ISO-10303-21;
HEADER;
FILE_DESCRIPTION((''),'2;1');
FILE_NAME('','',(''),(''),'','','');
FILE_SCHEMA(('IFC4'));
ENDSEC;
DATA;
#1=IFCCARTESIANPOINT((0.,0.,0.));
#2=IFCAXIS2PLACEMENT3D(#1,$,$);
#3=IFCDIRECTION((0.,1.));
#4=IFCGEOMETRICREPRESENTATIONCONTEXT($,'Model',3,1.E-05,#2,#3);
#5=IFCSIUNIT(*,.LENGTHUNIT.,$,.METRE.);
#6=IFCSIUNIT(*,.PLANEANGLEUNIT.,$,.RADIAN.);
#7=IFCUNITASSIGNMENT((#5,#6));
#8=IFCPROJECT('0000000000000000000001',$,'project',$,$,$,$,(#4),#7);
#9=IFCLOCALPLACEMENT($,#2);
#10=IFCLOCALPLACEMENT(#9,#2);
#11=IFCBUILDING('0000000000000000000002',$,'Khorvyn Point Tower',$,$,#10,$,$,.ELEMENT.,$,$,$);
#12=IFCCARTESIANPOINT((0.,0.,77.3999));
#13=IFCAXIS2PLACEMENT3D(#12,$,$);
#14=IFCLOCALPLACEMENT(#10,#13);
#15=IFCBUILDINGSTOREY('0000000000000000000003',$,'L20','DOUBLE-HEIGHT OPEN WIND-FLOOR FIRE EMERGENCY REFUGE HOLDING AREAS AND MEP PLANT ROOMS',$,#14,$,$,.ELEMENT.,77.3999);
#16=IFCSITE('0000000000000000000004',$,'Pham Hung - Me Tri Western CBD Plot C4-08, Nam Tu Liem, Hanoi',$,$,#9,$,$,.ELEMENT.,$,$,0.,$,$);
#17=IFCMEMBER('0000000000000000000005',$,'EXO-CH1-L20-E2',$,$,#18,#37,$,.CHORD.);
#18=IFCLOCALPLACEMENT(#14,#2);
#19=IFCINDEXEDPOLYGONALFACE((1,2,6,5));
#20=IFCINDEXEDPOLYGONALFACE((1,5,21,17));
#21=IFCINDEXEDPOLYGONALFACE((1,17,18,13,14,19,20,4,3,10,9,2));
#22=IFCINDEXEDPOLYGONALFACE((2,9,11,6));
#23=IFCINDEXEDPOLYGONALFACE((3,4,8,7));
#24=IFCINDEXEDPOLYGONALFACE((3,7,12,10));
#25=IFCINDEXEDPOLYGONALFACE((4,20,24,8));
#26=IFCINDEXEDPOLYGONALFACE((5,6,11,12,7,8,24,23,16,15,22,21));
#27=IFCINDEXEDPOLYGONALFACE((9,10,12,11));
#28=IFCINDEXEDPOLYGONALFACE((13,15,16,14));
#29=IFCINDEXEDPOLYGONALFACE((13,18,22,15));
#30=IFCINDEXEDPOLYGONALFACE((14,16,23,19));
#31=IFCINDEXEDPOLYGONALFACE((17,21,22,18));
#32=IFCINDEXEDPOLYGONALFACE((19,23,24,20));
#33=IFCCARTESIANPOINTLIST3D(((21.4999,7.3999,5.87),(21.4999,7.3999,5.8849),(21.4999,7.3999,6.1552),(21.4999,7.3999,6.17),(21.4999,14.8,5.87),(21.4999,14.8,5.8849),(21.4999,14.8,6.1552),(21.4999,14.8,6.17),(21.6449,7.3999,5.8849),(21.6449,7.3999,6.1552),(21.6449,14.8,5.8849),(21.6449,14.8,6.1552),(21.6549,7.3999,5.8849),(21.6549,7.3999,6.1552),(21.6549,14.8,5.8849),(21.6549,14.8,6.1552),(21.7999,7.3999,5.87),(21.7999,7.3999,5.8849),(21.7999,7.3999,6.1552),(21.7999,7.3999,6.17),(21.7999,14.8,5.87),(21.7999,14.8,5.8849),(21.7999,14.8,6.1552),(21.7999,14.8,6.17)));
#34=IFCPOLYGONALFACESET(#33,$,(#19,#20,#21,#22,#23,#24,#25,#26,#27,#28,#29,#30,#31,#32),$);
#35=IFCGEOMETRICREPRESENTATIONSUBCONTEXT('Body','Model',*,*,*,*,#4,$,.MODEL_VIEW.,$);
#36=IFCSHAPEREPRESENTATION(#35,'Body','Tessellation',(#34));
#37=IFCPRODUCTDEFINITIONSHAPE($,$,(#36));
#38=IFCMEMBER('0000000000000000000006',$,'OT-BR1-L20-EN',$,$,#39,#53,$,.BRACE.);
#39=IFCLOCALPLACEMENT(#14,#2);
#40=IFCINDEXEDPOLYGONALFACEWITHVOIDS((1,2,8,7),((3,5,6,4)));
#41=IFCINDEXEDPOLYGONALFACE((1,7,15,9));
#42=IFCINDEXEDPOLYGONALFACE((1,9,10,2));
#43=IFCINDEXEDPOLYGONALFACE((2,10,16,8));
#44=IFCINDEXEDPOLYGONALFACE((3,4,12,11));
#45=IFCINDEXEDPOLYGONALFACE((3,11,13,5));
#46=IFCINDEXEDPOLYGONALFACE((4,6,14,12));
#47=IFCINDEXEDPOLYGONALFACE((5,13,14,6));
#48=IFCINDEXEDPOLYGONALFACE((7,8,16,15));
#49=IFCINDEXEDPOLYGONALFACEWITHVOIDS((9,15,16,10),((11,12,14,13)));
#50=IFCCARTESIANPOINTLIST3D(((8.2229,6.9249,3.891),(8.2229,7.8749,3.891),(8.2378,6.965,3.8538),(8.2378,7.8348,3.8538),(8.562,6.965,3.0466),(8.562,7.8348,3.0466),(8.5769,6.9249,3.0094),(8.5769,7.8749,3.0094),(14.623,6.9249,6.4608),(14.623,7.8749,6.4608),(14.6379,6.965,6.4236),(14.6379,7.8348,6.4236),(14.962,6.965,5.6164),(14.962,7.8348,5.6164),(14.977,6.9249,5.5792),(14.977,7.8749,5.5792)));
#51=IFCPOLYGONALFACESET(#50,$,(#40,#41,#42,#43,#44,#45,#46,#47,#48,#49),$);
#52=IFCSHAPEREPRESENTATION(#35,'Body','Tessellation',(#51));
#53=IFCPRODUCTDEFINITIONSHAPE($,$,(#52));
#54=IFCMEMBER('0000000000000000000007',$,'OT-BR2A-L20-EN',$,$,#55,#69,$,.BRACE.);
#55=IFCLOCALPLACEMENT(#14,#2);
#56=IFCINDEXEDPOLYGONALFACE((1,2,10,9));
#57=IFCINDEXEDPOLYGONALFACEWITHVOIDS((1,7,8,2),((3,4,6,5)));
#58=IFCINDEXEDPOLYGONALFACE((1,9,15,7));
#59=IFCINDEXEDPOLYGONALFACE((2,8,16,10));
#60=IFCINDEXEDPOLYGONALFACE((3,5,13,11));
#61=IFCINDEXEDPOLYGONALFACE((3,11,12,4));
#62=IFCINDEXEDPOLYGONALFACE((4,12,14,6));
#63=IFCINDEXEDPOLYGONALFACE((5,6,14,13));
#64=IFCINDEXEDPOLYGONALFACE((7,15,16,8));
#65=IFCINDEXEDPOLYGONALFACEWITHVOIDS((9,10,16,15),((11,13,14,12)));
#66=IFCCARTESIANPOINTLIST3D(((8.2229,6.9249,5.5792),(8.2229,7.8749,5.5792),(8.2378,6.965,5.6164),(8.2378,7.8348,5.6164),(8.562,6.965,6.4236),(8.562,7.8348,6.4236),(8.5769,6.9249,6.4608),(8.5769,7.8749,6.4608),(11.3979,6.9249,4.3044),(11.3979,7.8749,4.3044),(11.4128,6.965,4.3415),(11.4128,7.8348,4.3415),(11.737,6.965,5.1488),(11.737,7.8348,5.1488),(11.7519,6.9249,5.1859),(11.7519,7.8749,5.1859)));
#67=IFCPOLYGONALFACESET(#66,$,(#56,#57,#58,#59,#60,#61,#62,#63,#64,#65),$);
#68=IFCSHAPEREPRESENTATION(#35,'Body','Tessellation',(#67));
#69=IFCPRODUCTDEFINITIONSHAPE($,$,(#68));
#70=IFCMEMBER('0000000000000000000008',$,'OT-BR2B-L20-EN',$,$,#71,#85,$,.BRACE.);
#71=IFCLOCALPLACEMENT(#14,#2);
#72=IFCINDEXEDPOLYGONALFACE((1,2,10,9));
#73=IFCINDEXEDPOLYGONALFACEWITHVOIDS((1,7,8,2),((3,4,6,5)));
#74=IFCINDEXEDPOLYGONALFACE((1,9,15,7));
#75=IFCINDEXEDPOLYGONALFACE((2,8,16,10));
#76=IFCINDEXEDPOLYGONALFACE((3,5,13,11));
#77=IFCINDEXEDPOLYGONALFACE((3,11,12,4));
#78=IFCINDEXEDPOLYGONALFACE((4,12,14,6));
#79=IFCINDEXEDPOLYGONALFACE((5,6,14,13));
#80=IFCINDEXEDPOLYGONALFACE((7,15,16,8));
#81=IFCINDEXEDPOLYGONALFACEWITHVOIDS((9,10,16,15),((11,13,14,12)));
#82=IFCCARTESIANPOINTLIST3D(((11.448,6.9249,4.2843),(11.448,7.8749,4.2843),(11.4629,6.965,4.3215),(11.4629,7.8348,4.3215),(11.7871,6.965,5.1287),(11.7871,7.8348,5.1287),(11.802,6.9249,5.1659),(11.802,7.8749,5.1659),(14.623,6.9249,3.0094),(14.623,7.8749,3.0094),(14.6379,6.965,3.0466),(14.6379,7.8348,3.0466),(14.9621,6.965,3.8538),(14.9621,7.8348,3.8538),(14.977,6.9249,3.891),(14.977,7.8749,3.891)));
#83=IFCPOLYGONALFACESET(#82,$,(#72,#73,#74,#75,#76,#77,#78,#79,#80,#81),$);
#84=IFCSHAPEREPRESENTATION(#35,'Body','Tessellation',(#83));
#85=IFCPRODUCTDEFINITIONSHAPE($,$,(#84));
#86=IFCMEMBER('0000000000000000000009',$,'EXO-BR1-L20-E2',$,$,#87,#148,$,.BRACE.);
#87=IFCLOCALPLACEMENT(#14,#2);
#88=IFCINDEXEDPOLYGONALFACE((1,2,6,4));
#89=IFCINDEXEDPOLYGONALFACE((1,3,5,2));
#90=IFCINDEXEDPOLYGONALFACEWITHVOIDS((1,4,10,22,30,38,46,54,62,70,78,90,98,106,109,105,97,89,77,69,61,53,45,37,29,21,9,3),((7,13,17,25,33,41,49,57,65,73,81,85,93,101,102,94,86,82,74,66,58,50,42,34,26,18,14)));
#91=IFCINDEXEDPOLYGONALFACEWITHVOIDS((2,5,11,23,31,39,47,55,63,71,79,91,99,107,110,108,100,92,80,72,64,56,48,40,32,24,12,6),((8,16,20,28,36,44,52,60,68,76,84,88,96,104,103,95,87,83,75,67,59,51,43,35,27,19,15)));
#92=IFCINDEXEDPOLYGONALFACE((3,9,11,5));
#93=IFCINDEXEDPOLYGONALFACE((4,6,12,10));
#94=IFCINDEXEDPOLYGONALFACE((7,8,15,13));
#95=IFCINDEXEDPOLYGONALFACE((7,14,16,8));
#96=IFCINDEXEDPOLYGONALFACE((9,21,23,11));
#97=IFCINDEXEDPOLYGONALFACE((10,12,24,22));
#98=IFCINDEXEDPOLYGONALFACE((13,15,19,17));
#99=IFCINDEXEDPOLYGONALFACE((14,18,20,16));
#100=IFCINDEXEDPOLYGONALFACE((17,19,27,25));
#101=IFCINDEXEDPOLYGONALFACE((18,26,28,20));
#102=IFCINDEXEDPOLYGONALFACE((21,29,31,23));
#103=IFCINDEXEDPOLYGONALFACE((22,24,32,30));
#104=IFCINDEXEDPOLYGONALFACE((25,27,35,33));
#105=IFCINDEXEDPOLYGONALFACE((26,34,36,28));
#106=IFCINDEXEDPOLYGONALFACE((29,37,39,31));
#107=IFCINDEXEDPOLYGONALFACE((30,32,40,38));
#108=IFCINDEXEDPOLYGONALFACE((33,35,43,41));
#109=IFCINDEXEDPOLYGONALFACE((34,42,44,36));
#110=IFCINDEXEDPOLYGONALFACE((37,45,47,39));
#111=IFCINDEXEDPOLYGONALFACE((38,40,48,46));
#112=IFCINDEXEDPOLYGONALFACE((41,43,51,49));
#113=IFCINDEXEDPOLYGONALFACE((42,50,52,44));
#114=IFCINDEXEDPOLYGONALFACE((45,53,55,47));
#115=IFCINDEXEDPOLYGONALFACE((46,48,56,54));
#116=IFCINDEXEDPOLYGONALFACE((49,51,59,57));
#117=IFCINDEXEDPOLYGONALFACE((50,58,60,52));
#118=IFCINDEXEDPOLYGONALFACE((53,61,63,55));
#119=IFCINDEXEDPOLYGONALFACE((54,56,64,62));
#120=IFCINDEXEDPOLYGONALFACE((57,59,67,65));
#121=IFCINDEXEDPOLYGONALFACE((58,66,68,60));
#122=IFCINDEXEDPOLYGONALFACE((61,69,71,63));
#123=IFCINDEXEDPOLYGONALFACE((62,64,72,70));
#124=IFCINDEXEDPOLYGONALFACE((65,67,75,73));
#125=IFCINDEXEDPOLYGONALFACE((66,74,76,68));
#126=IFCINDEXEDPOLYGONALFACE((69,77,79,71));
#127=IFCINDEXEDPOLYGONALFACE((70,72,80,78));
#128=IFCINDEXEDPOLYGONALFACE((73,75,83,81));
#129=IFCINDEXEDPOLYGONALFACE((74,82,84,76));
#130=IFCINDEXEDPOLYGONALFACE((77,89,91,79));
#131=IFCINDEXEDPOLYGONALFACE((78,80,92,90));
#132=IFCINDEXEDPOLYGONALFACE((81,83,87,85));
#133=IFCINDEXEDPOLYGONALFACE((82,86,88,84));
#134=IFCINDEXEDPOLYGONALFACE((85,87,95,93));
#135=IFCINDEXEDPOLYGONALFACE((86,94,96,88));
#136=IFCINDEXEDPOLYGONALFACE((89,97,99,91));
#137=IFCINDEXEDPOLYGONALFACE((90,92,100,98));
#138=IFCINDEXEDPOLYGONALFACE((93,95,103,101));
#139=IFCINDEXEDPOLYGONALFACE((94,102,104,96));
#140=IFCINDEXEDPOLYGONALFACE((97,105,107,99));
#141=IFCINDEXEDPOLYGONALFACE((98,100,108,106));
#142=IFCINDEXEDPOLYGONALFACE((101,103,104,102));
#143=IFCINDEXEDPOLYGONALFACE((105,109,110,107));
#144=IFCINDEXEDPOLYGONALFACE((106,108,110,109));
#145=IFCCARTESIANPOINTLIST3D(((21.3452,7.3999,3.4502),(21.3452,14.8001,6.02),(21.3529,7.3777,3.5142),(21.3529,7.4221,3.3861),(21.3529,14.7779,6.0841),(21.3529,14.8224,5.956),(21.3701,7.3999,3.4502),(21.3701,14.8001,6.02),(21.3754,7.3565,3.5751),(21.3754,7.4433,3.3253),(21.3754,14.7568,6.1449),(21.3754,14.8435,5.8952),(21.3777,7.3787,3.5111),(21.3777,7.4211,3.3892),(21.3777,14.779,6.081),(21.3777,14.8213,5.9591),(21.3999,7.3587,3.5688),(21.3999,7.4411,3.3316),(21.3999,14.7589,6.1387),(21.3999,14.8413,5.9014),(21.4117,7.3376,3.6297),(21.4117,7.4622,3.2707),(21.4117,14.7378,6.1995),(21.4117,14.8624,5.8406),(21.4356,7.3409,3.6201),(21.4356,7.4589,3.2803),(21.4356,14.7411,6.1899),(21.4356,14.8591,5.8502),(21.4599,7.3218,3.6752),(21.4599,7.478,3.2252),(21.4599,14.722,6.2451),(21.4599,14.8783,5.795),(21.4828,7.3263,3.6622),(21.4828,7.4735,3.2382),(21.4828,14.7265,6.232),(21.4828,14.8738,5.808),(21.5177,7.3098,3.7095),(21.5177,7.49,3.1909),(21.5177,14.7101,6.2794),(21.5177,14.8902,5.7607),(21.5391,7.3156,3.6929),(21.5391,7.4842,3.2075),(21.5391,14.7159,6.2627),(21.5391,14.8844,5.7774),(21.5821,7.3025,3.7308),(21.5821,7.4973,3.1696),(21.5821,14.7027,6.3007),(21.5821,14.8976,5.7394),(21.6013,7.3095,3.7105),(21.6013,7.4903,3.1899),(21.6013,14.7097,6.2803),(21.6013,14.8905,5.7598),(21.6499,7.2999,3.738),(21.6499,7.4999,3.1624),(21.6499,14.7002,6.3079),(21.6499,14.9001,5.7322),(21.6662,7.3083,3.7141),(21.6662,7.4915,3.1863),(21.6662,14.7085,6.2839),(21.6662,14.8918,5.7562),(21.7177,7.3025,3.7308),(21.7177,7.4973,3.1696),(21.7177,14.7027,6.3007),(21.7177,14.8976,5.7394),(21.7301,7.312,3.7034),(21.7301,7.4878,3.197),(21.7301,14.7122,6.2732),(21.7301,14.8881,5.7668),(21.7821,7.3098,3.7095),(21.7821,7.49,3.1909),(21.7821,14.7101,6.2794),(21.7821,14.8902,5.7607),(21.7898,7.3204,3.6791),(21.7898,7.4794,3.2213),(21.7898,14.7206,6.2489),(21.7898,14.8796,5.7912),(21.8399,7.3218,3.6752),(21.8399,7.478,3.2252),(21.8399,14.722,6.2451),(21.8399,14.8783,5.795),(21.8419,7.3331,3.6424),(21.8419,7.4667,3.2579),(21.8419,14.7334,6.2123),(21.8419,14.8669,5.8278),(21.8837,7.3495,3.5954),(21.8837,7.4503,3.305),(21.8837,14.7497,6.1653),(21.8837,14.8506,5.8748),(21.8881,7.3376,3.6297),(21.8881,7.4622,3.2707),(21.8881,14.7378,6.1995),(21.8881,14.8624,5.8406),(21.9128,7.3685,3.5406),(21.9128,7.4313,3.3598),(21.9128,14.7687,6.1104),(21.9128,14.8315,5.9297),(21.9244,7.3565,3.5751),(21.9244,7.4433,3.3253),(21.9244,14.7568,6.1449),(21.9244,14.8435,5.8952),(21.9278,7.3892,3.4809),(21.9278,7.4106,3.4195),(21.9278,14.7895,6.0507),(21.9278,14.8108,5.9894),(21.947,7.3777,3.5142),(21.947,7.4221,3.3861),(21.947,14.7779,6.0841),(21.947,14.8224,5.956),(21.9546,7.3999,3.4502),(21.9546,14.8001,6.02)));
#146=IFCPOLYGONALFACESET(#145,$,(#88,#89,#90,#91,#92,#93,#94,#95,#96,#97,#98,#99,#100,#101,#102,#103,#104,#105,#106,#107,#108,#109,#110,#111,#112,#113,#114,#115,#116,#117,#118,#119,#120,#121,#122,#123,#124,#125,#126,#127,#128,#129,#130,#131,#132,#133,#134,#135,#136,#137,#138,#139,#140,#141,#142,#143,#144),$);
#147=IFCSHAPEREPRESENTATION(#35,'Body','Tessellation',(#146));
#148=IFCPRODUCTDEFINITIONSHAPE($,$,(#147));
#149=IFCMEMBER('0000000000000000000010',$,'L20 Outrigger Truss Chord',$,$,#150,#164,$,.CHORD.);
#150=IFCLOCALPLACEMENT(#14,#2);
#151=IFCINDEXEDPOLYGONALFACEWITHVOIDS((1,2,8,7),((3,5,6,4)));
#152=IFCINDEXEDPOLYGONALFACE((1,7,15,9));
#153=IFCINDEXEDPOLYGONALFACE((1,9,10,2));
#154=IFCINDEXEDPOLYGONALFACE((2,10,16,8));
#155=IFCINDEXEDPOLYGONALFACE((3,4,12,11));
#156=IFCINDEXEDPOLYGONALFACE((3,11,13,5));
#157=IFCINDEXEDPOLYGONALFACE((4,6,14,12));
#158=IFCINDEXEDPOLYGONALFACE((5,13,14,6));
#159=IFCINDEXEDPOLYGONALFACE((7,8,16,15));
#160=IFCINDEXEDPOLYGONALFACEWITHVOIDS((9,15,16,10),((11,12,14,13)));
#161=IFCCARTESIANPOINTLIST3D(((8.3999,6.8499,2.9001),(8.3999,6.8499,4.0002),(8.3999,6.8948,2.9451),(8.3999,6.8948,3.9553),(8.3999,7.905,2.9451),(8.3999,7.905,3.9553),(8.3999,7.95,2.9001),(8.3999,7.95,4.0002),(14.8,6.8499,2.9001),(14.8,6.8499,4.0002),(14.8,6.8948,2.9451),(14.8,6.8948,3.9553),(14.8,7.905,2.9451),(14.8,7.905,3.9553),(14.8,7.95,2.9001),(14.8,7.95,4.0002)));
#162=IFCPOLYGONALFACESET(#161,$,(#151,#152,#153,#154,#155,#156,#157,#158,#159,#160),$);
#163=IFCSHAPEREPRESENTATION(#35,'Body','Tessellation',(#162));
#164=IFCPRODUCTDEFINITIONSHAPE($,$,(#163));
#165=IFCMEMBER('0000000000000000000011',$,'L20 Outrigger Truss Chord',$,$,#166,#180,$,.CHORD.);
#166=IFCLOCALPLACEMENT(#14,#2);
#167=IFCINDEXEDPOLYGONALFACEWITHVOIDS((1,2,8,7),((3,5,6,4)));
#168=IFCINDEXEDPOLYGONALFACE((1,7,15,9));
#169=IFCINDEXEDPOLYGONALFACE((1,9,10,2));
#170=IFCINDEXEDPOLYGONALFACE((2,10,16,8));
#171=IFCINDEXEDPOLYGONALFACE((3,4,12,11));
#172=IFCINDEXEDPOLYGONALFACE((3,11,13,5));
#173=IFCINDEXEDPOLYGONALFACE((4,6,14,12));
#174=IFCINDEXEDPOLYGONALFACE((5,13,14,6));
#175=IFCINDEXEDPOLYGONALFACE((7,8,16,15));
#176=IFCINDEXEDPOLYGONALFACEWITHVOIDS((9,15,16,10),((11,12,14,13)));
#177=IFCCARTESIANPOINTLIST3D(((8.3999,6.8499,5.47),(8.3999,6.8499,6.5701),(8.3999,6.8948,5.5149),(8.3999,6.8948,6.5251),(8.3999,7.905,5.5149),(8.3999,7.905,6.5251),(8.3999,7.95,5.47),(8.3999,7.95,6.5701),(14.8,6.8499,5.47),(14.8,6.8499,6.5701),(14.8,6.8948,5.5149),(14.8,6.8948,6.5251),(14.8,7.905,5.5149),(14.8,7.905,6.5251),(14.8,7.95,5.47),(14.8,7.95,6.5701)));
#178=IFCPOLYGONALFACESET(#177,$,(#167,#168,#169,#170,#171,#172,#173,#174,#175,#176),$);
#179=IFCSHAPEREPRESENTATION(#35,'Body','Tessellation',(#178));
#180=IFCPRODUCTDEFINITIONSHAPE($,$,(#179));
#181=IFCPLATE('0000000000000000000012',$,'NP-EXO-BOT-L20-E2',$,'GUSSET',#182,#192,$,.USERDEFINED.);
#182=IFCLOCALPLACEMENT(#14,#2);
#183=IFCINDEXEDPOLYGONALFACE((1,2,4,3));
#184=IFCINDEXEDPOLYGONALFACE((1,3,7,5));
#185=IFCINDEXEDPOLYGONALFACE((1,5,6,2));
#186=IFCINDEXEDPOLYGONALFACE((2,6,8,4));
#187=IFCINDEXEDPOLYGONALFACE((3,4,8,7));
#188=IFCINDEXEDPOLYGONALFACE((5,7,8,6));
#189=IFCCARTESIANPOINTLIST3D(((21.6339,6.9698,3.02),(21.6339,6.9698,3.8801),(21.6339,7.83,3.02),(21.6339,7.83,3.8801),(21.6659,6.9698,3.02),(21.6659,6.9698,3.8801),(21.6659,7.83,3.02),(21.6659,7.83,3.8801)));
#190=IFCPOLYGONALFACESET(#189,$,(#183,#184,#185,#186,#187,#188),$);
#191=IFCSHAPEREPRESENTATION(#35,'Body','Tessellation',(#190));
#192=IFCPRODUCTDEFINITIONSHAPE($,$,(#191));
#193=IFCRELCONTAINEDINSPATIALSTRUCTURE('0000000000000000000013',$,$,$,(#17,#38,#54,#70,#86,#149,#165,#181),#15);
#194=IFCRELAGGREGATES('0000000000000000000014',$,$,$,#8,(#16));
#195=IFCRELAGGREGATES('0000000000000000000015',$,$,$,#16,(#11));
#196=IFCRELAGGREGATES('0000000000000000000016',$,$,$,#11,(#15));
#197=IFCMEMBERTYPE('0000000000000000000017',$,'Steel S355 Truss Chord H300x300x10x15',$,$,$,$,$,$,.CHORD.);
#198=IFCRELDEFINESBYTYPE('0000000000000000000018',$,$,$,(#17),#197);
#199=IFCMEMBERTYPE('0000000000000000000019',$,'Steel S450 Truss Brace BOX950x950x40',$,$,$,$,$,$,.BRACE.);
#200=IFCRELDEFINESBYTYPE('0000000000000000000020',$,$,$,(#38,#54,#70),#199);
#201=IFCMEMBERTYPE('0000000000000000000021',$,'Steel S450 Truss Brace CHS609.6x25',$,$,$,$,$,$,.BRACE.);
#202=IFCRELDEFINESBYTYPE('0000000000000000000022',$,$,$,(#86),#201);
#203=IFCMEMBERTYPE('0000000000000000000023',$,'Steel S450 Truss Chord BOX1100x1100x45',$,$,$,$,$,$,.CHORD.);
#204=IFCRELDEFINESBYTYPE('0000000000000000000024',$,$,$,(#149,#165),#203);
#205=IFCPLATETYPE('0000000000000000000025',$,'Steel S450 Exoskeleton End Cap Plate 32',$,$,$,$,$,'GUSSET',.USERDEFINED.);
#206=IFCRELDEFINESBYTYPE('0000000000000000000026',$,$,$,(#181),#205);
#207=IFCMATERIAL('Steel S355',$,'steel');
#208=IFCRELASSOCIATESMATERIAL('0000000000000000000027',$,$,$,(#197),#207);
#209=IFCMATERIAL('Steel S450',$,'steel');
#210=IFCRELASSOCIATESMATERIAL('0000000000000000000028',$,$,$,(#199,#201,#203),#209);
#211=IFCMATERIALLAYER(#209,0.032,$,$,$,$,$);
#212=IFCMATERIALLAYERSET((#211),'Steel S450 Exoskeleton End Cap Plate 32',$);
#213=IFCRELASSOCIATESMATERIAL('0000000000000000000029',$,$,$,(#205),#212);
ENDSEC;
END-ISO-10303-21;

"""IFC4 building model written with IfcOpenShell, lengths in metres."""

from ifc_helpers import new_model, si_unit, direction, frame, origin, origin_2d, place, context, subcontext, project, spatial, rectangle, hollow_rectangle, hollow_circle, i_section, extrude, material, layer, layer_set, material_profile, profile_set, type_object, element, save


model = new_model("IFC4")

# Units and contexts
model_context = context("Model", 3, precision=1e-05, world=origin(), true_north=direction((0.0, 1.0)))
body_context = subcontext(model_context, "Body", "Model", "MODEL_VIEW")
ifc_project = project(units=[si_unit("LENGTHUNIT", "METRE"), si_unit("PLANEANGLEUNIT", "RADIAN")], contexts=[model_context])

# Site, building, storey
site_placement = place(None, origin())
site = spatial("IfcSite", under=ifc_project, at=site_placement, Name="Pham Hung - Me Tri Western CBD Plot C4-08, Nam Tu Liem, Hanoi", CompositionType="ELEMENT", RefElevation=0.0)
building_placement = place(site_placement, origin())
building = spatial("IfcBuilding", under=site, at=building_placement, Name="Khorvyn Point Tower", CompositionType="ELEMENT")
storey_placement = place(building_placement, frame((0.0, 0.0, 77.3999)))
storey = spatial("IfcBuildingStorey", under=building, at=storey_placement, Name="L20", Description="DOUBLE-HEIGHT OPEN WIND-FLOOR FIRE EMERGENCY REFUGE HOLDING AREAS AND MEP PLANT ROOMS", CompositionType="ELEMENT", Elevation=77.3999)

# Shared definitions
ifc_material_1 = material(Name="Steel S450", Category="steel")

# Shared definitions
ifc_material_2 = material(Name="Steel S355", Category="steel")

# Members
ifc_material_profile_1 = material_profile(ifc_material_2, i_section(OverallWidth=0.3, OverallDepth=0.3, WebThickness=0.01, FlangeThickness=0.0149, at=origin_2d()))
ifc_profile_set_1 = profile_set([ifc_material_profile_1], Name="Steel S355 H300x300x10x15")
member_type_1 = type_object("IfcMemberType", Name="Steel S355 Truss Chord H300x300x10x15", PredefinedType="CHORD", material=ifc_profile_set_1)
member_1_placement = place(storey_placement, frame((21.6499, 7.3999, 6.02), z_axis=(0.0, 1.0, 0.0), x_axis=(-1.0, 0.0, 0.0)))
element("IfcMember", 1, at=member_1_placement, inside=storey, type_object=member_type_1, Name="EXO-CH1-L20-E2", PredefinedType="CHORD", context=body_context, shape_type="SweptSolid", body=[
    extrude(i_section(OverallWidth=0.3, OverallDepth=0.3, WebThickness=0.01, FlangeThickness=0.0149, at=origin_2d()), origin(), (0.0, 0.0, 1.0), 7.4001),
])
ifc_material_profile_2 = material_profile(ifc_material_1, hollow_rectangle(XDim=0.95, YDim=0.95, WallThickness=0.04, at=origin_2d()))
ifc_profile_set_2 = profile_set([ifc_material_profile_2], Name="Steel S450 BOX950x950x40")
member_type_2 = type_object("IfcMemberType", Name="Steel S450 Truss Brace BOX950x950x40", PredefinedType="BRACE", material=ifc_profile_set_2)
member_2_placement = place(storey_placement, frame((8.3999, 7.3999, 3.4502), z_axis=(0.927988, 0.0, 0.372611), x_axis=(0.0, 1.0, 0.0)))
element("IfcMember", 2, at=member_2_placement, inside=storey, type_object=member_type_2, Name="OT-BR1-L20-EN", PredefinedType="BRACE", context=body_context, shape_type="SweptSolid", body=[
    extrude(hollow_rectangle(XDim=0.95, YDim=0.95, WallThickness=0.04, at=origin_2d()), origin(), (0.0, 0.0, 1.0), 6.8967),
])
for number, where, z_axis, x_axis, name in (
    (3, (8.3999, 7.3999, 6.02), (0.927984, 0.0, -0.372621), (0.0, 1.0, 0.0), "OT-BR2A-L20-EN"),
    (4, (11.625, 7.3999, 4.7251), (0.927984, 0.0, -0.372621), (0.0, 1.0, 0.0), "OT-BR2B-L20-EN"),
):
    element("IfcMember", number, at=place(storey_placement, frame(where, z_axis=z_axis, x_axis=x_axis)), inside=storey, type_object=member_type_2, Name=name, PredefinedType="BRACE", context=body_context, shape_type="SweptSolid", body=[
        extrude(hollow_rectangle(XDim=0.95, YDim=0.95, WallThickness=0.04, at=origin_2d()), origin(), (0.0, 0.0, 1.0), 3.4214),
    ])
ifc_material_profile_3 = material_profile(ifc_material_1, hollow_circle(Radius=0.3047, WallThickness=0.0249, at=origin_2d()))
ifc_profile_set_3 = profile_set([ifc_material_profile_3], Name="Steel S450 CHS609.6x25")
member_type_3 = type_object("IfcMemberType", Name="Steel S450 Truss Brace CHS609.6x25", PredefinedType="BRACE", material=ifc_profile_set_3)
member_3_placement = place(storey_placement, frame((21.6499, 7.3999, 3.4502), z_axis=(0.0, 0.944661, 0.328049), x_axis=(-1.0, 0.0, 0.0)))
element("IfcMember", 5, at=member_3_placement, inside=storey, type_object=member_type_3, Name="EXO-BR1-L20-E2", PredefinedType="BRACE", context=body_context, shape_type="SweptSolid", body=[
    extrude(hollow_circle(Radius=0.3047, WallThickness=0.0249, at=origin_2d()), origin(), (0.0, 0.0, 1.0), 7.8337),
])
ifc_material_profile_4 = material_profile(ifc_material_1, hollow_rectangle(XDim=1.1001, YDim=1.1001, WallThickness=0.0449, at=origin_2d()))
ifc_profile_set_4 = profile_set([ifc_material_profile_4], Name="Steel S450 BOX1100x1100x45")
member_type_4 = type_object("IfcMemberType", Name="Steel S450 Truss Chord BOX1100x1100x45", PredefinedType="CHORD", material=ifc_profile_set_4)
for number, where, z_axis, x_axis, name in (
    (6, (8.3999, 7.3999, 3.4502), (1.0, 0.0, 0.0), (0.0, 1.0, 0.0), "L20 Outrigger Truss Chord"),
    (7, (8.3999, 7.3999, 6.02), (1.0, 0.0, 0.0), (0.0, 1.0, 0.0), "L20 Outrigger Truss Chord"),
):
    element("IfcMember", number, at=place(storey_placement, frame(where, z_axis=z_axis, x_axis=x_axis)), inside=storey, type_object=member_type_4, Name=name, PredefinedType="CHORD", context=body_context, shape_type="SweptSolid", body=[
        extrude(hollow_rectangle(XDim=1.1001, YDim=1.1001, WallThickness=0.0449, at=origin_2d()), origin(), (0.0, 0.0, 1.0), 6.4001),
    ])

# Plate
ifc_layer_1 = layer(ifc_material_1, 0.032)
ifc_layer_set_1 = layer_set([ifc_layer_1], Name="Steel S450 Exoskeleton End Cap Plate 32")
plate_type_1 = type_object("IfcPlateType", Name="Steel S450 Exoskeleton End Cap Plate 32", ElementType="GUSSET", PredefinedType="USERDEFINED", material=ifc_layer_set_1)
plate_placement = place(storey_placement, frame((21.6499, 7.3999, 3.02), z_axis=(0.0, 0.0, 1.0), x_axis=(1.0, 0.0, 0.0)))
element("IfcPlate", 8, at=plate_placement, inside=storey, type_object=plate_type_1, Name="NP-EXO-BOT-L20-E2", ObjectType="GUSSET", PredefinedType="USERDEFINED", context=body_context, shape_type="SweptSolid", body=[
    extrude(rectangle(XDim=0.032, YDim=0.8601, at=origin_2d()), origin(), (0.0, 0.0, 1.0), 0.8601),
])

save(model, "model.ifc")
